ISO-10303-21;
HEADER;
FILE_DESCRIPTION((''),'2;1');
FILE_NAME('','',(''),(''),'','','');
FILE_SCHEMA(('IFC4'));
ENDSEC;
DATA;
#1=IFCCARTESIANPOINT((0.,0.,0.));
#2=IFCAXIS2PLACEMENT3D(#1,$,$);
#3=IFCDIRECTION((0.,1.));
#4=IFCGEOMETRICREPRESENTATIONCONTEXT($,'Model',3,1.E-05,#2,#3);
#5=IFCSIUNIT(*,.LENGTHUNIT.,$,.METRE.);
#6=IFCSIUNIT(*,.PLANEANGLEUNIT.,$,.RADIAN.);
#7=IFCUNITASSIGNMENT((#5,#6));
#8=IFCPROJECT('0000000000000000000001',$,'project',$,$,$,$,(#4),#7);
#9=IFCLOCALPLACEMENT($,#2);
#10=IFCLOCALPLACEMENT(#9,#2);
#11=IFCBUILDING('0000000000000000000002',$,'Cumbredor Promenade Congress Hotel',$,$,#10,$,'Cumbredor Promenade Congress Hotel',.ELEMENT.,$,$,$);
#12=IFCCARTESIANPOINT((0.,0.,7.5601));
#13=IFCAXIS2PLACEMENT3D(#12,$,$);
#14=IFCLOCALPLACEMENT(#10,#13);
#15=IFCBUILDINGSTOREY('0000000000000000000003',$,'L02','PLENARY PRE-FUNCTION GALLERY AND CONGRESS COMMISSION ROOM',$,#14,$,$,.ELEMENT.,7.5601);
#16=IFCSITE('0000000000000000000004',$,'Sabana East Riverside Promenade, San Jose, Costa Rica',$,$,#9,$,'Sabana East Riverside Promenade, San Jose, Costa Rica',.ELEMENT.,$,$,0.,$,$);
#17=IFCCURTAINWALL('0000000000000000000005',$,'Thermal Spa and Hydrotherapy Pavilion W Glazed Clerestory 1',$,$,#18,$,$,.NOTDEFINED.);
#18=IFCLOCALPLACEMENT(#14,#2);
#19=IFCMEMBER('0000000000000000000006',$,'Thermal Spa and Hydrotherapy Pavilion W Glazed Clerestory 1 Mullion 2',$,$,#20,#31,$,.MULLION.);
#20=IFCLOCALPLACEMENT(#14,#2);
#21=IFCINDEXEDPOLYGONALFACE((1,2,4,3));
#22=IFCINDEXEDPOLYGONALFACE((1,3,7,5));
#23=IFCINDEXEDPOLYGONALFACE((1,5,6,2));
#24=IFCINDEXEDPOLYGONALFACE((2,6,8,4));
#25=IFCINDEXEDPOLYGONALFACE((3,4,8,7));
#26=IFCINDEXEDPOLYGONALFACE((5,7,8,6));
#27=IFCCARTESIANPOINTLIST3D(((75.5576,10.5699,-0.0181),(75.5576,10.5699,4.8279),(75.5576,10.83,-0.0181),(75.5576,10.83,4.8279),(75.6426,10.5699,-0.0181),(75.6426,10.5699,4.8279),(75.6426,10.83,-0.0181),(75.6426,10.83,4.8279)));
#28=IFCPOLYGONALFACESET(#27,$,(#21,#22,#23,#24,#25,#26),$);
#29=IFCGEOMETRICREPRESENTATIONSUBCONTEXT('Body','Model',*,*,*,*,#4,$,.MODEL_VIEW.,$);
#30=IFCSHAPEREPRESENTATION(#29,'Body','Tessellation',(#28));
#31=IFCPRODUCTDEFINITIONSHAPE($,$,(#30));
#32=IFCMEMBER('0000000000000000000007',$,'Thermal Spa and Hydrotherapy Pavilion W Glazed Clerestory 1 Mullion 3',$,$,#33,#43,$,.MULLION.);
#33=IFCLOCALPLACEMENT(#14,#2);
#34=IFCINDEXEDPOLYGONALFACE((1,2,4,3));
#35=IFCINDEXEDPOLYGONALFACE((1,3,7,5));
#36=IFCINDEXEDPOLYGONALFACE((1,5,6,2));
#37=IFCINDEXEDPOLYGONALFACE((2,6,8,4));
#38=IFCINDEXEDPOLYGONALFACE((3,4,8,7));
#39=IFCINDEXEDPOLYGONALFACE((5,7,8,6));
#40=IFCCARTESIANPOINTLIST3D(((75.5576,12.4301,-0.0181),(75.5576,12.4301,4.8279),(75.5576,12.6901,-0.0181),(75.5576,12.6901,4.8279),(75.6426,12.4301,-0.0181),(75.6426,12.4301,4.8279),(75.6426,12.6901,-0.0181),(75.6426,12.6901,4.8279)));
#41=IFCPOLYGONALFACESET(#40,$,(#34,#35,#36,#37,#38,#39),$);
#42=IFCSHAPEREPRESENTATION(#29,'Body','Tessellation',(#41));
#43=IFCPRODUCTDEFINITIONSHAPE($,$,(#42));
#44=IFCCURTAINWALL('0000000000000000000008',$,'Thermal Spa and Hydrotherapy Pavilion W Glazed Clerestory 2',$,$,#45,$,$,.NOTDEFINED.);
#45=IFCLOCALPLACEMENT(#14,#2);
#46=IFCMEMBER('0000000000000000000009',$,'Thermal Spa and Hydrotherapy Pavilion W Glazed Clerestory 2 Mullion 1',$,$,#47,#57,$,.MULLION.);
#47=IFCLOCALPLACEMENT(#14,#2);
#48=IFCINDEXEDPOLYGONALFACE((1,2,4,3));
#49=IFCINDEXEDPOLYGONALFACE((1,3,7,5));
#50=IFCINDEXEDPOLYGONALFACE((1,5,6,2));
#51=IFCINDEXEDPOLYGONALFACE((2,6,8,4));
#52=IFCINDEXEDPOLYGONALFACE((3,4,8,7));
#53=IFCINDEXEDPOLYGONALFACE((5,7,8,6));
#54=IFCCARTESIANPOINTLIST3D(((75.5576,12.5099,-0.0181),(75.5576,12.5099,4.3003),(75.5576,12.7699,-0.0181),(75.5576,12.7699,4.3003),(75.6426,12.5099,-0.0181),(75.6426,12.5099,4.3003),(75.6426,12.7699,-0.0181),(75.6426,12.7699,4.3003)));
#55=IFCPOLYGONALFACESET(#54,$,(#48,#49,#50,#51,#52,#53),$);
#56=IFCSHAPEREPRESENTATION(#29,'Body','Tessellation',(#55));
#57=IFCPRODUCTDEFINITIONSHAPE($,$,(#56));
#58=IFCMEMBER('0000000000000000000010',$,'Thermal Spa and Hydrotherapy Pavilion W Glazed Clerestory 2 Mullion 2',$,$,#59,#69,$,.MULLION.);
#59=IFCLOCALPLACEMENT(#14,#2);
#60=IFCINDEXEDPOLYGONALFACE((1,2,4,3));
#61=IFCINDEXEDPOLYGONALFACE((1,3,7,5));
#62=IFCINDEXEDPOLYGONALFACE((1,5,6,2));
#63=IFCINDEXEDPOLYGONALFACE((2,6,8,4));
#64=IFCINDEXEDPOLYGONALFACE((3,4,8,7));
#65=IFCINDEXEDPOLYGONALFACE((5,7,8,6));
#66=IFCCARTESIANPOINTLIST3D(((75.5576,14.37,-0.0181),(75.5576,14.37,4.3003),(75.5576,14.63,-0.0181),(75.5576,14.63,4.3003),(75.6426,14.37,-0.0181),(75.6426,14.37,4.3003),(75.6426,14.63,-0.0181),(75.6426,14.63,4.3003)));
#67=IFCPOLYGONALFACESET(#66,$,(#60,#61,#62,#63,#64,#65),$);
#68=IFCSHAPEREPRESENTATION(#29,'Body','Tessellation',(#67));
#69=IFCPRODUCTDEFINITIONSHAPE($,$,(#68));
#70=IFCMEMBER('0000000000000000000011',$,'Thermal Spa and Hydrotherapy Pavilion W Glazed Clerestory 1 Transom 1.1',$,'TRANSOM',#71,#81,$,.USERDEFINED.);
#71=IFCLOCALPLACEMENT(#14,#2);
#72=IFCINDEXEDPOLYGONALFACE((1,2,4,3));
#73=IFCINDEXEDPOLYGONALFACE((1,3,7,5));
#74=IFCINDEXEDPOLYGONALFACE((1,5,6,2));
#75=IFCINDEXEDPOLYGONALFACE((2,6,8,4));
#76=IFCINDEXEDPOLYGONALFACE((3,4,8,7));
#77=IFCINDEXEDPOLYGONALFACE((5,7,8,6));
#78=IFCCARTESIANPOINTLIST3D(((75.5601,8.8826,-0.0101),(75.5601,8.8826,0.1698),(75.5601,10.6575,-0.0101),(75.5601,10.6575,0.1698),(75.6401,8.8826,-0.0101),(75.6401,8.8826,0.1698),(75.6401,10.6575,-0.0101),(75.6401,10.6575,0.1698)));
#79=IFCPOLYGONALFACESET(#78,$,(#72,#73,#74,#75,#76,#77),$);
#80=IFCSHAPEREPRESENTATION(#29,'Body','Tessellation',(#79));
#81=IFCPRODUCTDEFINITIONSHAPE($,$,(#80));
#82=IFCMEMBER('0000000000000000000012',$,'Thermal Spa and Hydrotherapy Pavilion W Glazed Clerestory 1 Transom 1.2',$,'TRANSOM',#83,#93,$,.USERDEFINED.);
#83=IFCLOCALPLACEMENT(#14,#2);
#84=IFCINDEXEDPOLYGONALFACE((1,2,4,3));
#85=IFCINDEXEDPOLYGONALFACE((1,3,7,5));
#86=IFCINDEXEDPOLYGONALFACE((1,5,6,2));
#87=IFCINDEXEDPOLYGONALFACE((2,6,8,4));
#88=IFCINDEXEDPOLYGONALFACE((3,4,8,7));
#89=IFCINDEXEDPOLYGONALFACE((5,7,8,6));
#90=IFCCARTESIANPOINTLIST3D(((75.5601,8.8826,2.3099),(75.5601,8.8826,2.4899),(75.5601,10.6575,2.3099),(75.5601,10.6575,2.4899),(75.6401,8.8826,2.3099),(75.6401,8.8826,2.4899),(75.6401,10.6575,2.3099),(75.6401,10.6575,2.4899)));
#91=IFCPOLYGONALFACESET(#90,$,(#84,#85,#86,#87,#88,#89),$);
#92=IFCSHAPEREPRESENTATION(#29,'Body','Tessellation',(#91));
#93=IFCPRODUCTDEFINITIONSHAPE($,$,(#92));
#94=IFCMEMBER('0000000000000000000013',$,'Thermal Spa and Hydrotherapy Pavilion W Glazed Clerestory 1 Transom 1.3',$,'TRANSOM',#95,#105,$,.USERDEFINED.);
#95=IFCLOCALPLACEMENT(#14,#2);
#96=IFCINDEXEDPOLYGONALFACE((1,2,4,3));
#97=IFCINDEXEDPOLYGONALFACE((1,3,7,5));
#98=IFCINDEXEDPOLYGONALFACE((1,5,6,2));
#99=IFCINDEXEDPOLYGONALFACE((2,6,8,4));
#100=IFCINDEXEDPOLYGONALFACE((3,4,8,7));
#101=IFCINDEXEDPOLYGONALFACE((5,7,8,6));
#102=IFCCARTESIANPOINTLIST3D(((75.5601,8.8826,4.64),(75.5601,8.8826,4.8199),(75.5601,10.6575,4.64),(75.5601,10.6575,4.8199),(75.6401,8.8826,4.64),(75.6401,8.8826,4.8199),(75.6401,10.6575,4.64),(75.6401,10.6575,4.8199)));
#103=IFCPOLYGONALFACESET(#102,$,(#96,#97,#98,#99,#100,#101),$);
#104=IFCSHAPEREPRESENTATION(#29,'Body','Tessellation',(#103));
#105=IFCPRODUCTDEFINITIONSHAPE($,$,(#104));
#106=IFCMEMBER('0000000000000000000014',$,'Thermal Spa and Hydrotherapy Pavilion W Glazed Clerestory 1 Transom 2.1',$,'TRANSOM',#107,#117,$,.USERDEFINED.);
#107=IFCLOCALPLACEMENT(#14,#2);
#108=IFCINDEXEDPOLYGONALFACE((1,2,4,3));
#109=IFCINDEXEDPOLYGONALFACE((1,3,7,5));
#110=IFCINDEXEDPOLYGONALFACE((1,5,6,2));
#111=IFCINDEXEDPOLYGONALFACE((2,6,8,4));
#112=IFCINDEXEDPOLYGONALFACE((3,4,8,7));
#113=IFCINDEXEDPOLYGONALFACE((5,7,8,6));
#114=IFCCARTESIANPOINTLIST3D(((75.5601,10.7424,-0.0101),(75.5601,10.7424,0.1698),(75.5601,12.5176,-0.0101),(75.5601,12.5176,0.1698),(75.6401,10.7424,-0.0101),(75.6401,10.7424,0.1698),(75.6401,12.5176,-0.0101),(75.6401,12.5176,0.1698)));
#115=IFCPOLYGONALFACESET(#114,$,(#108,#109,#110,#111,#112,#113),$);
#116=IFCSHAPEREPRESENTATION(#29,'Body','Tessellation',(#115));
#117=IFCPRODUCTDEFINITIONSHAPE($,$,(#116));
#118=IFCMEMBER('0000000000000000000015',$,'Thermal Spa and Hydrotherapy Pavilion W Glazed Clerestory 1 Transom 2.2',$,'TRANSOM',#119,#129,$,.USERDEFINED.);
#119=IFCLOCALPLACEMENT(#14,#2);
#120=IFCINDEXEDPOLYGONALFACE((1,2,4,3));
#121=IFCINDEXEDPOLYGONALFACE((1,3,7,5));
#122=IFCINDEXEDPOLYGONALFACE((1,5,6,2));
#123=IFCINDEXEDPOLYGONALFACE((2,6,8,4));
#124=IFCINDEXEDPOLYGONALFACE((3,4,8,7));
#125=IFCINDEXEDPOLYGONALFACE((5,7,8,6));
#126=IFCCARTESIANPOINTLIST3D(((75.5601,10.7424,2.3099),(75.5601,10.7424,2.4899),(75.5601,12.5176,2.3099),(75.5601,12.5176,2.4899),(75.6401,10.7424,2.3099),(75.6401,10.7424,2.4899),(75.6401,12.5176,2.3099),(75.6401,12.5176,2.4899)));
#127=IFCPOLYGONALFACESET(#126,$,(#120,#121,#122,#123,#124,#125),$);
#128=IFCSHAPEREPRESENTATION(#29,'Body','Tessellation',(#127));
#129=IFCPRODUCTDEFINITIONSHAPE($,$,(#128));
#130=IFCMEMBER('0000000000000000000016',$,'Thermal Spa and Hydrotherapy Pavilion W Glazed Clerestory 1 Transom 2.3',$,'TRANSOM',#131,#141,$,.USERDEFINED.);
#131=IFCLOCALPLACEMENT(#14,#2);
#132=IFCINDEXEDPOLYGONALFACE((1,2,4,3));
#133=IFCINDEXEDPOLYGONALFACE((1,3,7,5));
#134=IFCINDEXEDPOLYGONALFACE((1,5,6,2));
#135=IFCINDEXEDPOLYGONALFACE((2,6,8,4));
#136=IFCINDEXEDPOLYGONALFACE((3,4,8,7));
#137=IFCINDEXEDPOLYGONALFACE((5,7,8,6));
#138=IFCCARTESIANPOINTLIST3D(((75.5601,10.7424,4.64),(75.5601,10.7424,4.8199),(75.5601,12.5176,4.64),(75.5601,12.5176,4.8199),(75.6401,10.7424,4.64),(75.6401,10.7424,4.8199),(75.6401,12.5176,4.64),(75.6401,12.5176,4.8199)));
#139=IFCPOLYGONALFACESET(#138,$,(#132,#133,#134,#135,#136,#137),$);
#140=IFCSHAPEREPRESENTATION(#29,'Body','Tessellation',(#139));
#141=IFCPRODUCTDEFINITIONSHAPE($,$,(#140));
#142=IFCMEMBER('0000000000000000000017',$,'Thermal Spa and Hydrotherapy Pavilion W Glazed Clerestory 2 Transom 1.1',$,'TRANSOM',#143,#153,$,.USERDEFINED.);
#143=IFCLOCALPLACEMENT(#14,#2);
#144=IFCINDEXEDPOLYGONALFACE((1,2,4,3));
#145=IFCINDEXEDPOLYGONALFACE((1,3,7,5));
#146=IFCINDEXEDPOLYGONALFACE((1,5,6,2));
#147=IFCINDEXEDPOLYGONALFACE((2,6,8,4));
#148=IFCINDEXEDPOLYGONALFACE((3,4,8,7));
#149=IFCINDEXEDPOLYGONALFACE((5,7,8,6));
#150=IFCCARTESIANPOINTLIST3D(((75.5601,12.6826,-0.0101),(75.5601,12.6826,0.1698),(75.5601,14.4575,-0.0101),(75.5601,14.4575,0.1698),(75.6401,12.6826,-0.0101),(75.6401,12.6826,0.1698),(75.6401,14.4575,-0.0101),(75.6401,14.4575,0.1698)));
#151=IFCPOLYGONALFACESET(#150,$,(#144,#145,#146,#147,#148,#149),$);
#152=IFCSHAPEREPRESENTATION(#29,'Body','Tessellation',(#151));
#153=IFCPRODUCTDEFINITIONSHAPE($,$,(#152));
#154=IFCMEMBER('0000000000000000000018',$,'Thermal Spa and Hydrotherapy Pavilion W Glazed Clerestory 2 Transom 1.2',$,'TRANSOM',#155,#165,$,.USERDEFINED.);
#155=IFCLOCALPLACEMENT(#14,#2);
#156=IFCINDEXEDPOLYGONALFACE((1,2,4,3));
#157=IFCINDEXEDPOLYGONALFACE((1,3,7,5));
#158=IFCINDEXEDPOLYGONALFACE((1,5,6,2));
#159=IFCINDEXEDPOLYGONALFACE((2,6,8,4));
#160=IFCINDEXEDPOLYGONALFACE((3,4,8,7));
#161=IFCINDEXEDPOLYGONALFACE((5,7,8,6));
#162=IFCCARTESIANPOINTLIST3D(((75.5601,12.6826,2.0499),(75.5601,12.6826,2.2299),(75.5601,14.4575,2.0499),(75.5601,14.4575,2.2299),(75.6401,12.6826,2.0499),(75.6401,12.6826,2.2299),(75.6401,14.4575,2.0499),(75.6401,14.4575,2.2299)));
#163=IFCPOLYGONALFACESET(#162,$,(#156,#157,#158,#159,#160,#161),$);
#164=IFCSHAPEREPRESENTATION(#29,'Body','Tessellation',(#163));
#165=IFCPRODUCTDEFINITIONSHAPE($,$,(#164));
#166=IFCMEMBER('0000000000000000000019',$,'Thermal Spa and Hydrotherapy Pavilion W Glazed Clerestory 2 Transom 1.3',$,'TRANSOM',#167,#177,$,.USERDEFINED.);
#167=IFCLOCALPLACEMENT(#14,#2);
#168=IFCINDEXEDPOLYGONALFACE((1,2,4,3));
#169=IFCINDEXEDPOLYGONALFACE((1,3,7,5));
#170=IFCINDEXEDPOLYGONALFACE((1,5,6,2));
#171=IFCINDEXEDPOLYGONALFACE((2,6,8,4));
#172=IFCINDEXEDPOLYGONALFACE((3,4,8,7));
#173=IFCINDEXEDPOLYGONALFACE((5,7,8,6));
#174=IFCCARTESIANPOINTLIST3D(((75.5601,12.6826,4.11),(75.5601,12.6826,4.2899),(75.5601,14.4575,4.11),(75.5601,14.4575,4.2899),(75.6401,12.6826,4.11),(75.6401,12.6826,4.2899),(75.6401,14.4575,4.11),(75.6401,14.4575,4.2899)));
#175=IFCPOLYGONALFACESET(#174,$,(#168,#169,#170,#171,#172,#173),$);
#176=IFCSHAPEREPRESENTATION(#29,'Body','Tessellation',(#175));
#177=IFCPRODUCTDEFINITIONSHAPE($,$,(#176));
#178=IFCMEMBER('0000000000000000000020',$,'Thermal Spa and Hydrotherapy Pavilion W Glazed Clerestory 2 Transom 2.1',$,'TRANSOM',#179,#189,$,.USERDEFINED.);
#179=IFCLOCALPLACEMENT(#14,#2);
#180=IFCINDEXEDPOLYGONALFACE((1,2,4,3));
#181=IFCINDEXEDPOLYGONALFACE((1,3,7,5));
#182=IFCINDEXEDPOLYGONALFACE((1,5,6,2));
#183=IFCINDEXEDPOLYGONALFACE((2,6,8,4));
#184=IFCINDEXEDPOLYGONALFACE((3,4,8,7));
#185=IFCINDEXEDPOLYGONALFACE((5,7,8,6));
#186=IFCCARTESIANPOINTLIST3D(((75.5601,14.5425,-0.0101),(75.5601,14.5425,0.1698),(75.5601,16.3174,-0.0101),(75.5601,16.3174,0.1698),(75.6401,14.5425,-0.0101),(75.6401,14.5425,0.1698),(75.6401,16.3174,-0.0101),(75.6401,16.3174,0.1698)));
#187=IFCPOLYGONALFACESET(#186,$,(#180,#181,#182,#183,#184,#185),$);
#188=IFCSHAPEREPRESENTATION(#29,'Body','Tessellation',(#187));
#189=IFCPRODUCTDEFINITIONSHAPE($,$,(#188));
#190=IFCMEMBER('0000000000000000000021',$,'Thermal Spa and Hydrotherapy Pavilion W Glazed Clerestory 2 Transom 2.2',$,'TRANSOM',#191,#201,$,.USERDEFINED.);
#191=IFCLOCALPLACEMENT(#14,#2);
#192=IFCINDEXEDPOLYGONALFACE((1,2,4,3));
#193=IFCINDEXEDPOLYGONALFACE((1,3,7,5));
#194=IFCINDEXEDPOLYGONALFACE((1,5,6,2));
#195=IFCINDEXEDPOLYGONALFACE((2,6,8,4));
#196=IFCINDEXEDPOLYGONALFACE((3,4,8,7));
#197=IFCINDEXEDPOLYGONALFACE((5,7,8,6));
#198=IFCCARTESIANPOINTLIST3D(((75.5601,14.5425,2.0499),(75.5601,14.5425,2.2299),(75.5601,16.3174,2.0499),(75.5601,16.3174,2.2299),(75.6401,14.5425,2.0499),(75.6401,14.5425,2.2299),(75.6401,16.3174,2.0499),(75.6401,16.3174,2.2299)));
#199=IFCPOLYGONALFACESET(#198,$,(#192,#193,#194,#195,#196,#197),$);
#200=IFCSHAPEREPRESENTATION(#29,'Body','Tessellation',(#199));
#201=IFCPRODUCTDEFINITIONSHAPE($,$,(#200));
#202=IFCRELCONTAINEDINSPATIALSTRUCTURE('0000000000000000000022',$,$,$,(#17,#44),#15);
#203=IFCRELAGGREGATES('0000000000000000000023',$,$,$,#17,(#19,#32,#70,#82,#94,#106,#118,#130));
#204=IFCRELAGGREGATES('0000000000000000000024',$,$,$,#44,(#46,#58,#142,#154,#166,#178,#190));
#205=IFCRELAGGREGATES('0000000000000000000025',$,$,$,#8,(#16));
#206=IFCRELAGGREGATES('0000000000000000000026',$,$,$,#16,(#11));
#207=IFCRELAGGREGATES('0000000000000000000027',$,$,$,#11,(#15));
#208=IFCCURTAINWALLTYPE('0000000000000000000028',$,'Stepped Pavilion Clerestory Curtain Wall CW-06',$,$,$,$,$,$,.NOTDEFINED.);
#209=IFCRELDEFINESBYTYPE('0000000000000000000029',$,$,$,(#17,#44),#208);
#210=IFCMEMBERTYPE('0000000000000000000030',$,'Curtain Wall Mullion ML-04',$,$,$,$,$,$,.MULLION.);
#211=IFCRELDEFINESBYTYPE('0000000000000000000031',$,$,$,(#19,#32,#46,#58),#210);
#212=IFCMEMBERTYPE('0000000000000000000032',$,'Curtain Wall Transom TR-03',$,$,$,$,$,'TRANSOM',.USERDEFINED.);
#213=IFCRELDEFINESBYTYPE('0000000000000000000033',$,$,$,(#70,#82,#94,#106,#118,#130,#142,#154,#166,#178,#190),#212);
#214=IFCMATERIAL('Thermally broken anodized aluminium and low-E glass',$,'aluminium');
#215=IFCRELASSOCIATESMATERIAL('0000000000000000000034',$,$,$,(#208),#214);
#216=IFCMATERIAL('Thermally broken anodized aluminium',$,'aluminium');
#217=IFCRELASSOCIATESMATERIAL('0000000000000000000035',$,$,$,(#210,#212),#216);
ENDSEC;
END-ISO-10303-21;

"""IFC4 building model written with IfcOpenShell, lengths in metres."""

from ifc_helpers import new_model, si_unit, direction, frame, origin, origin_2d, place, context, subcontext, project, spatial, rectangle, extrude, material, material_profile, profile_set, type_object, element, aggregate, save


model = new_model("IFC4")

# Units and contexts
model_context = context("Model", 3, precision=1e-05, world=origin(), true_north=direction((0.0, 1.0)))
body_context = subcontext(model_context, "Body", "Model", "MODEL_VIEW")
ifc_project = project(units=[si_unit("LENGTHUNIT", "METRE"), si_unit("PLANEANGLEUNIT", "RADIAN")], contexts=[model_context])

# Site, building, storey
site_placement = place(None, origin())
site = spatial("IfcSite", under=ifc_project, at=site_placement, Name="Sabana East Riverside Promenade, San Jose, Costa Rica", LongName="Sabana East Riverside Promenade, San Jose, Costa Rica", CompositionType="ELEMENT", RefElevation=0.0)
building_placement = place(site_placement, origin())
building = spatial("IfcBuilding", under=site, at=building_placement, Name="Cumbredor Promenade Congress Hotel", LongName="Cumbredor Promenade Congress Hotel", CompositionType="ELEMENT")
storey_placement = place(building_placement, frame((0.0, 0.0, 7.5601)))
storey = spatial("IfcBuildingStorey", under=building, at=storey_placement, Name="L02", Description="PLENARY PRE-FUNCTION GALLERY AND CONGRESS COMMISSION ROOM", CompositionType="ELEMENT", Elevation=7.5601)

# Curtain walls, members
ifc_material_1 = material(Name="Thermally broken anodized aluminium and low-E glass", Category="aluminium")
curtain_wall_type = type_object("IfcCurtainWallType", Name="Stepped Pavilion Clerestory Curtain Wall CW-06", PredefinedType="NOTDEFINED", material=ifc_material_1)
curtain_wall_1_placement = place(storey_placement, origin())
curtain_wall_1 = element("IfcCurtainWall", 1, at=curtain_wall_1_placement, inside=storey, type_object=curtain_wall_type, Name="Thermal Spa and Hydrotherapy Pavilion W Glazed Clerestory 1", PredefinedType="NOTDEFINED")
ifc_material_2 = material(Name="Thermally broken anodized aluminium", Category="aluminium")
ifc_material_profile_1 = material_profile(ifc_material_2, rectangle(XDim=0.085, YDim=0.26, at=origin_2d()), Name="ALU MULLION CLERESTORY 85x260")
ifc_profile_set_1 = profile_set([ifc_material_profile_1], Name="Thermally broken anodized aluminium")
member_type_1 = type_object("IfcMemberType", Name="Curtain Wall Mullion ML-04", PredefinedType="MULLION", material=ifc_profile_set_1)
member_1_placement = place(storey_placement, frame((75.6001, 10.7, -0.0181), z_axis=(0.0, 0.0, 1.0), x_axis=(1.0, 0.0, 0.0)))
member_1 = element("IfcMember", 2, at=member_1_placement, type_object=member_type_1, Name="Thermal Spa and Hydrotherapy Pavilion W Glazed Clerestory 1 Mullion 2", PredefinedType="MULLION", context=body_context, shape_type="SweptSolid", body=[
    extrude(rectangle(XDim=0.085, YDim=0.26, at=origin_2d()), origin(), (0.0, 0.0, 1.0), 4.8459),
])
member_2_placement = place(storey_placement, frame((75.6001, 12.5601, -0.0181), z_axis=(0.0, 0.0, 1.0), x_axis=(1.0, 0.0, 0.0)))
member_2 = element("IfcMember", 3, at=member_2_placement, type_object=member_type_1, Name="Thermal Spa and Hydrotherapy Pavilion W Glazed Clerestory 1 Mullion 3", PredefinedType="MULLION", context=body_context, shape_type="SweptSolid", body=[
    extrude(rectangle(XDim=0.085, YDim=0.26, at=origin_2d()), origin(), (0.0, 0.0, 1.0), 4.8459),
])
curtain_wall_2_placement = place(storey_placement, origin())
curtain_wall_2 = element("IfcCurtainWall", 4, at=curtain_wall_2_placement, inside=storey, type_object=curtain_wall_type, Name="Thermal Spa and Hydrotherapy Pavilion W Glazed Clerestory 2", PredefinedType="NOTDEFINED")
member_3_placement = place(storey_placement, frame((75.6001, 12.6399, -0.0181), z_axis=(0.0, 0.0, 1.0), x_axis=(1.0, 0.0, 0.0)))
member_3 = element("IfcMember", 5, at=member_3_placement, type_object=member_type_1, Name="Thermal Spa and Hydrotherapy Pavilion W Glazed Clerestory 2 Mullion 1", PredefinedType="MULLION", context=body_context, shape_type="SweptSolid", body=[
    extrude(rectangle(XDim=0.085, YDim=0.26, at=origin_2d()), origin(), (0.0, 0.0, 1.0), 4.3184),
])
member_4_placement = place(storey_placement, frame((75.6001, 14.5, -0.0181), z_axis=(0.0, 0.0, 1.0), x_axis=(1.0, 0.0, 0.0)))
member_4 = element("IfcMember", 6, at=member_4_placement, type_object=member_type_1, Name="Thermal Spa and Hydrotherapy Pavilion W Glazed Clerestory 2 Mullion 2", PredefinedType="MULLION", context=body_context, shape_type="SweptSolid", body=[
    extrude(rectangle(XDim=0.085, YDim=0.26, at=origin_2d()), origin(), (0.0, 0.0, 1.0), 4.3184),
])

# Members
ifc_material_profile_2 = material_profile(ifc_material_2, rectangle(XDim=0.0801, YDim=0.1799, at=origin_2d()), Name="ALU TRANSOM 80x180")
ifc_profile_set_2 = profile_set([ifc_material_profile_2], Name="Thermally broken anodized aluminium")
member_type_2 = type_object("IfcMemberType", Name="Curtain Wall Transom TR-03", ElementType="TRANSOM", PredefinedType="USERDEFINED", material=ifc_profile_set_2)
member_5_placement = place(storey_placement, frame((75.6001, 8.8826, 0.0798), z_axis=(0.0, 1.0, 0.0), x_axis=(-1.0, 0.0, 0.0)))
member_5 = element("IfcMember", 7, at=member_5_placement, type_object=member_type_2, Name="Thermal Spa and Hydrotherapy Pavilion W Glazed Clerestory 1 Transom 1.1", ObjectType="TRANSOM", PredefinedType="USERDEFINED", context=body_context, shape_type="SweptSolid", body=[
    extrude(rectangle(XDim=0.0801, YDim=0.1799, at=origin_2d()), origin(), (0.0, 0.0, 1.0), 1.7749),
])
member_6_placement = place(storey_placement, frame((75.6001, 8.8826, 2.3999), z_axis=(0.0, 1.0, 0.0), x_axis=(-1.0, 0.0, 0.0)))
member_6 = element("IfcMember", 8, at=member_6_placement, type_object=member_type_2, Name="Thermal Spa and Hydrotherapy Pavilion W Glazed Clerestory 1 Transom 1.2", ObjectType="TRANSOM", PredefinedType="USERDEFINED", context=body_context, shape_type="SweptSolid", body=[
    extrude(rectangle(XDim=0.0801, YDim=0.1799, at=origin_2d()), origin(), (0.0, 0.0, 1.0), 1.7749),
])
member_7_placement = place(storey_placement, frame((75.6001, 8.8826, 4.73), z_axis=(0.0, 1.0, 0.0), x_axis=(-1.0, 0.0, 0.0)))
member_7 = element("IfcMember", 9, at=member_7_placement, type_object=member_type_2, Name="Thermal Spa and Hydrotherapy Pavilion W Glazed Clerestory 1 Transom 1.3", ObjectType="TRANSOM", PredefinedType="USERDEFINED", context=body_context, shape_type="SweptSolid", body=[
    extrude(rectangle(XDim=0.0801, YDim=0.1799, at=origin_2d()), origin(), (0.0, 0.0, 1.0), 1.7749),
])
member_8_placement = place(storey_placement, frame((75.6001, 10.7424, 0.0798), z_axis=(0.0, 1.0, 0.0), x_axis=(-1.0, 0.0, 0.0)))
member_8 = element("IfcMember", 10, at=member_8_placement, type_object=member_type_2, Name="Thermal Spa and Hydrotherapy Pavilion W Glazed Clerestory 1 Transom 2.1", ObjectType="TRANSOM", PredefinedType="USERDEFINED", context=body_context, shape_type="SweptSolid", body=[
    extrude(rectangle(XDim=0.0801, YDim=0.1799, at=origin_2d()), origin(), (0.0, 0.0, 1.0), 1.7751),
])
member_9_placement = place(storey_placement, frame((75.6001, 10.7424, 2.3999), z_axis=(0.0, 1.0, 0.0), x_axis=(-1.0, 0.0, 0.0)))
member_9 = element("IfcMember", 11, at=member_9_placement, type_object=member_type_2, Name="Thermal Spa and Hydrotherapy Pavilion W Glazed Clerestory 1 Transom 2.2", ObjectType="TRANSOM", PredefinedType="USERDEFINED", context=body_context, shape_type="SweptSolid", body=[
    extrude(rectangle(XDim=0.0801, YDim=0.1799, at=origin_2d()), origin(), (0.0, 0.0, 1.0), 1.7751),
])
member_10_placement = place(storey_placement, frame((75.6001, 10.7424, 4.73), z_axis=(0.0, 1.0, 0.0), x_axis=(-1.0, 0.0, 0.0)))
member_10 = element("IfcMember", 12, at=member_10_placement, type_object=member_type_2, Name="Thermal Spa and Hydrotherapy Pavilion W Glazed Clerestory 1 Transom 2.3", ObjectType="TRANSOM", PredefinedType="USERDEFINED", context=body_context, shape_type="SweptSolid", body=[
    extrude(rectangle(XDim=0.0801, YDim=0.1799, at=origin_2d()), origin(), (0.0, 0.0, 1.0), 1.7751),
])
member_11_placement = place(storey_placement, frame((75.6001, 12.6826, 0.0798), z_axis=(0.0, 1.0, 0.0), x_axis=(-1.0, 0.0, 0.0)))
member_11 = element("IfcMember", 13, at=member_11_placement, type_object=member_type_2, Name="Thermal Spa and Hydrotherapy Pavilion W Glazed Clerestory 2 Transom 1.1", ObjectType="TRANSOM", PredefinedType="USERDEFINED", context=body_context, shape_type="SweptSolid", body=[
    extrude(rectangle(XDim=0.0801, YDim=0.1799, at=origin_2d()), origin(), (0.0, 0.0, 1.0), 1.7749),
])
member_12_placement = place(storey_placement, frame((75.6001, 12.6826, 2.1399), z_axis=(0.0, 1.0, 0.0), x_axis=(-1.0, 0.0, 0.0)))
member_12 = element("IfcMember", 14, at=member_12_placement, type_object=member_type_2, Name="Thermal Spa and Hydrotherapy Pavilion W Glazed Clerestory 2 Transom 1.2", ObjectType="TRANSOM", PredefinedType="USERDEFINED", context=body_context, shape_type="SweptSolid", body=[
    extrude(rectangle(XDim=0.0801, YDim=0.1799, at=origin_2d()), origin(), (0.0, 0.0, 1.0), 1.7749),
])
member_13_placement = place(storey_placement, frame((75.6001, 12.6826, 4.2), z_axis=(0.0, 1.0, 0.0), x_axis=(-1.0, 0.0, 0.0)))
member_13 = element("IfcMember", 15, at=member_13_placement, type_object=member_type_2, Name="Thermal Spa and Hydrotherapy Pavilion W Glazed Clerestory 2 Transom 1.3", ObjectType="TRANSOM", PredefinedType="USERDEFINED", context=body_context, shape_type="SweptSolid", body=[
    extrude(rectangle(XDim=0.0801, YDim=0.1799, at=origin_2d()), origin(), (0.0, 0.0, 1.0), 1.7749),
])
member_14_placement = place(storey_placement, frame((75.6001, 14.5425, 0.0798), z_axis=(0.0, 1.0, 0.0), x_axis=(-1.0, 0.0, 0.0)))
member_14 = element("IfcMember", 16, at=member_14_placement, type_object=member_type_2, Name="Thermal Spa and Hydrotherapy Pavilion W Glazed Clerestory 2 Transom 2.1", ObjectType="TRANSOM", PredefinedType="USERDEFINED", context=body_context, shape_type="SweptSolid", body=[
    extrude(rectangle(XDim=0.0801, YDim=0.1799, at=origin_2d()), origin(), (0.0, 0.0, 1.0), 1.7749),
])
member_15_placement = place(storey_placement, frame((75.6001, 14.5425, 2.1399), z_axis=(0.0, 1.0, 0.0), x_axis=(-1.0, 0.0, 0.0)))
member_15 = element("IfcMember", 17, at=member_15_placement, type_object=member_type_2, Name="Thermal Spa and Hydrotherapy Pavilion W Glazed Clerestory 2 Transom 2.2", ObjectType="TRANSOM", PredefinedType="USERDEFINED", context=body_context, shape_type="SweptSolid", body=[
    extrude(rectangle(XDim=0.0801, YDim=0.1799, at=origin_2d()), origin(), (0.0, 0.0, 1.0), 1.7749),
])

aggregate(curtain_wall_1, [member_1, member_2, member_5, member_6, member_7, member_8, member_9, member_10])
aggregate(curtain_wall_2, [member_3, member_4, member_11, member_12, member_13, member_14, member_15])

save(model, "model.ifc")
